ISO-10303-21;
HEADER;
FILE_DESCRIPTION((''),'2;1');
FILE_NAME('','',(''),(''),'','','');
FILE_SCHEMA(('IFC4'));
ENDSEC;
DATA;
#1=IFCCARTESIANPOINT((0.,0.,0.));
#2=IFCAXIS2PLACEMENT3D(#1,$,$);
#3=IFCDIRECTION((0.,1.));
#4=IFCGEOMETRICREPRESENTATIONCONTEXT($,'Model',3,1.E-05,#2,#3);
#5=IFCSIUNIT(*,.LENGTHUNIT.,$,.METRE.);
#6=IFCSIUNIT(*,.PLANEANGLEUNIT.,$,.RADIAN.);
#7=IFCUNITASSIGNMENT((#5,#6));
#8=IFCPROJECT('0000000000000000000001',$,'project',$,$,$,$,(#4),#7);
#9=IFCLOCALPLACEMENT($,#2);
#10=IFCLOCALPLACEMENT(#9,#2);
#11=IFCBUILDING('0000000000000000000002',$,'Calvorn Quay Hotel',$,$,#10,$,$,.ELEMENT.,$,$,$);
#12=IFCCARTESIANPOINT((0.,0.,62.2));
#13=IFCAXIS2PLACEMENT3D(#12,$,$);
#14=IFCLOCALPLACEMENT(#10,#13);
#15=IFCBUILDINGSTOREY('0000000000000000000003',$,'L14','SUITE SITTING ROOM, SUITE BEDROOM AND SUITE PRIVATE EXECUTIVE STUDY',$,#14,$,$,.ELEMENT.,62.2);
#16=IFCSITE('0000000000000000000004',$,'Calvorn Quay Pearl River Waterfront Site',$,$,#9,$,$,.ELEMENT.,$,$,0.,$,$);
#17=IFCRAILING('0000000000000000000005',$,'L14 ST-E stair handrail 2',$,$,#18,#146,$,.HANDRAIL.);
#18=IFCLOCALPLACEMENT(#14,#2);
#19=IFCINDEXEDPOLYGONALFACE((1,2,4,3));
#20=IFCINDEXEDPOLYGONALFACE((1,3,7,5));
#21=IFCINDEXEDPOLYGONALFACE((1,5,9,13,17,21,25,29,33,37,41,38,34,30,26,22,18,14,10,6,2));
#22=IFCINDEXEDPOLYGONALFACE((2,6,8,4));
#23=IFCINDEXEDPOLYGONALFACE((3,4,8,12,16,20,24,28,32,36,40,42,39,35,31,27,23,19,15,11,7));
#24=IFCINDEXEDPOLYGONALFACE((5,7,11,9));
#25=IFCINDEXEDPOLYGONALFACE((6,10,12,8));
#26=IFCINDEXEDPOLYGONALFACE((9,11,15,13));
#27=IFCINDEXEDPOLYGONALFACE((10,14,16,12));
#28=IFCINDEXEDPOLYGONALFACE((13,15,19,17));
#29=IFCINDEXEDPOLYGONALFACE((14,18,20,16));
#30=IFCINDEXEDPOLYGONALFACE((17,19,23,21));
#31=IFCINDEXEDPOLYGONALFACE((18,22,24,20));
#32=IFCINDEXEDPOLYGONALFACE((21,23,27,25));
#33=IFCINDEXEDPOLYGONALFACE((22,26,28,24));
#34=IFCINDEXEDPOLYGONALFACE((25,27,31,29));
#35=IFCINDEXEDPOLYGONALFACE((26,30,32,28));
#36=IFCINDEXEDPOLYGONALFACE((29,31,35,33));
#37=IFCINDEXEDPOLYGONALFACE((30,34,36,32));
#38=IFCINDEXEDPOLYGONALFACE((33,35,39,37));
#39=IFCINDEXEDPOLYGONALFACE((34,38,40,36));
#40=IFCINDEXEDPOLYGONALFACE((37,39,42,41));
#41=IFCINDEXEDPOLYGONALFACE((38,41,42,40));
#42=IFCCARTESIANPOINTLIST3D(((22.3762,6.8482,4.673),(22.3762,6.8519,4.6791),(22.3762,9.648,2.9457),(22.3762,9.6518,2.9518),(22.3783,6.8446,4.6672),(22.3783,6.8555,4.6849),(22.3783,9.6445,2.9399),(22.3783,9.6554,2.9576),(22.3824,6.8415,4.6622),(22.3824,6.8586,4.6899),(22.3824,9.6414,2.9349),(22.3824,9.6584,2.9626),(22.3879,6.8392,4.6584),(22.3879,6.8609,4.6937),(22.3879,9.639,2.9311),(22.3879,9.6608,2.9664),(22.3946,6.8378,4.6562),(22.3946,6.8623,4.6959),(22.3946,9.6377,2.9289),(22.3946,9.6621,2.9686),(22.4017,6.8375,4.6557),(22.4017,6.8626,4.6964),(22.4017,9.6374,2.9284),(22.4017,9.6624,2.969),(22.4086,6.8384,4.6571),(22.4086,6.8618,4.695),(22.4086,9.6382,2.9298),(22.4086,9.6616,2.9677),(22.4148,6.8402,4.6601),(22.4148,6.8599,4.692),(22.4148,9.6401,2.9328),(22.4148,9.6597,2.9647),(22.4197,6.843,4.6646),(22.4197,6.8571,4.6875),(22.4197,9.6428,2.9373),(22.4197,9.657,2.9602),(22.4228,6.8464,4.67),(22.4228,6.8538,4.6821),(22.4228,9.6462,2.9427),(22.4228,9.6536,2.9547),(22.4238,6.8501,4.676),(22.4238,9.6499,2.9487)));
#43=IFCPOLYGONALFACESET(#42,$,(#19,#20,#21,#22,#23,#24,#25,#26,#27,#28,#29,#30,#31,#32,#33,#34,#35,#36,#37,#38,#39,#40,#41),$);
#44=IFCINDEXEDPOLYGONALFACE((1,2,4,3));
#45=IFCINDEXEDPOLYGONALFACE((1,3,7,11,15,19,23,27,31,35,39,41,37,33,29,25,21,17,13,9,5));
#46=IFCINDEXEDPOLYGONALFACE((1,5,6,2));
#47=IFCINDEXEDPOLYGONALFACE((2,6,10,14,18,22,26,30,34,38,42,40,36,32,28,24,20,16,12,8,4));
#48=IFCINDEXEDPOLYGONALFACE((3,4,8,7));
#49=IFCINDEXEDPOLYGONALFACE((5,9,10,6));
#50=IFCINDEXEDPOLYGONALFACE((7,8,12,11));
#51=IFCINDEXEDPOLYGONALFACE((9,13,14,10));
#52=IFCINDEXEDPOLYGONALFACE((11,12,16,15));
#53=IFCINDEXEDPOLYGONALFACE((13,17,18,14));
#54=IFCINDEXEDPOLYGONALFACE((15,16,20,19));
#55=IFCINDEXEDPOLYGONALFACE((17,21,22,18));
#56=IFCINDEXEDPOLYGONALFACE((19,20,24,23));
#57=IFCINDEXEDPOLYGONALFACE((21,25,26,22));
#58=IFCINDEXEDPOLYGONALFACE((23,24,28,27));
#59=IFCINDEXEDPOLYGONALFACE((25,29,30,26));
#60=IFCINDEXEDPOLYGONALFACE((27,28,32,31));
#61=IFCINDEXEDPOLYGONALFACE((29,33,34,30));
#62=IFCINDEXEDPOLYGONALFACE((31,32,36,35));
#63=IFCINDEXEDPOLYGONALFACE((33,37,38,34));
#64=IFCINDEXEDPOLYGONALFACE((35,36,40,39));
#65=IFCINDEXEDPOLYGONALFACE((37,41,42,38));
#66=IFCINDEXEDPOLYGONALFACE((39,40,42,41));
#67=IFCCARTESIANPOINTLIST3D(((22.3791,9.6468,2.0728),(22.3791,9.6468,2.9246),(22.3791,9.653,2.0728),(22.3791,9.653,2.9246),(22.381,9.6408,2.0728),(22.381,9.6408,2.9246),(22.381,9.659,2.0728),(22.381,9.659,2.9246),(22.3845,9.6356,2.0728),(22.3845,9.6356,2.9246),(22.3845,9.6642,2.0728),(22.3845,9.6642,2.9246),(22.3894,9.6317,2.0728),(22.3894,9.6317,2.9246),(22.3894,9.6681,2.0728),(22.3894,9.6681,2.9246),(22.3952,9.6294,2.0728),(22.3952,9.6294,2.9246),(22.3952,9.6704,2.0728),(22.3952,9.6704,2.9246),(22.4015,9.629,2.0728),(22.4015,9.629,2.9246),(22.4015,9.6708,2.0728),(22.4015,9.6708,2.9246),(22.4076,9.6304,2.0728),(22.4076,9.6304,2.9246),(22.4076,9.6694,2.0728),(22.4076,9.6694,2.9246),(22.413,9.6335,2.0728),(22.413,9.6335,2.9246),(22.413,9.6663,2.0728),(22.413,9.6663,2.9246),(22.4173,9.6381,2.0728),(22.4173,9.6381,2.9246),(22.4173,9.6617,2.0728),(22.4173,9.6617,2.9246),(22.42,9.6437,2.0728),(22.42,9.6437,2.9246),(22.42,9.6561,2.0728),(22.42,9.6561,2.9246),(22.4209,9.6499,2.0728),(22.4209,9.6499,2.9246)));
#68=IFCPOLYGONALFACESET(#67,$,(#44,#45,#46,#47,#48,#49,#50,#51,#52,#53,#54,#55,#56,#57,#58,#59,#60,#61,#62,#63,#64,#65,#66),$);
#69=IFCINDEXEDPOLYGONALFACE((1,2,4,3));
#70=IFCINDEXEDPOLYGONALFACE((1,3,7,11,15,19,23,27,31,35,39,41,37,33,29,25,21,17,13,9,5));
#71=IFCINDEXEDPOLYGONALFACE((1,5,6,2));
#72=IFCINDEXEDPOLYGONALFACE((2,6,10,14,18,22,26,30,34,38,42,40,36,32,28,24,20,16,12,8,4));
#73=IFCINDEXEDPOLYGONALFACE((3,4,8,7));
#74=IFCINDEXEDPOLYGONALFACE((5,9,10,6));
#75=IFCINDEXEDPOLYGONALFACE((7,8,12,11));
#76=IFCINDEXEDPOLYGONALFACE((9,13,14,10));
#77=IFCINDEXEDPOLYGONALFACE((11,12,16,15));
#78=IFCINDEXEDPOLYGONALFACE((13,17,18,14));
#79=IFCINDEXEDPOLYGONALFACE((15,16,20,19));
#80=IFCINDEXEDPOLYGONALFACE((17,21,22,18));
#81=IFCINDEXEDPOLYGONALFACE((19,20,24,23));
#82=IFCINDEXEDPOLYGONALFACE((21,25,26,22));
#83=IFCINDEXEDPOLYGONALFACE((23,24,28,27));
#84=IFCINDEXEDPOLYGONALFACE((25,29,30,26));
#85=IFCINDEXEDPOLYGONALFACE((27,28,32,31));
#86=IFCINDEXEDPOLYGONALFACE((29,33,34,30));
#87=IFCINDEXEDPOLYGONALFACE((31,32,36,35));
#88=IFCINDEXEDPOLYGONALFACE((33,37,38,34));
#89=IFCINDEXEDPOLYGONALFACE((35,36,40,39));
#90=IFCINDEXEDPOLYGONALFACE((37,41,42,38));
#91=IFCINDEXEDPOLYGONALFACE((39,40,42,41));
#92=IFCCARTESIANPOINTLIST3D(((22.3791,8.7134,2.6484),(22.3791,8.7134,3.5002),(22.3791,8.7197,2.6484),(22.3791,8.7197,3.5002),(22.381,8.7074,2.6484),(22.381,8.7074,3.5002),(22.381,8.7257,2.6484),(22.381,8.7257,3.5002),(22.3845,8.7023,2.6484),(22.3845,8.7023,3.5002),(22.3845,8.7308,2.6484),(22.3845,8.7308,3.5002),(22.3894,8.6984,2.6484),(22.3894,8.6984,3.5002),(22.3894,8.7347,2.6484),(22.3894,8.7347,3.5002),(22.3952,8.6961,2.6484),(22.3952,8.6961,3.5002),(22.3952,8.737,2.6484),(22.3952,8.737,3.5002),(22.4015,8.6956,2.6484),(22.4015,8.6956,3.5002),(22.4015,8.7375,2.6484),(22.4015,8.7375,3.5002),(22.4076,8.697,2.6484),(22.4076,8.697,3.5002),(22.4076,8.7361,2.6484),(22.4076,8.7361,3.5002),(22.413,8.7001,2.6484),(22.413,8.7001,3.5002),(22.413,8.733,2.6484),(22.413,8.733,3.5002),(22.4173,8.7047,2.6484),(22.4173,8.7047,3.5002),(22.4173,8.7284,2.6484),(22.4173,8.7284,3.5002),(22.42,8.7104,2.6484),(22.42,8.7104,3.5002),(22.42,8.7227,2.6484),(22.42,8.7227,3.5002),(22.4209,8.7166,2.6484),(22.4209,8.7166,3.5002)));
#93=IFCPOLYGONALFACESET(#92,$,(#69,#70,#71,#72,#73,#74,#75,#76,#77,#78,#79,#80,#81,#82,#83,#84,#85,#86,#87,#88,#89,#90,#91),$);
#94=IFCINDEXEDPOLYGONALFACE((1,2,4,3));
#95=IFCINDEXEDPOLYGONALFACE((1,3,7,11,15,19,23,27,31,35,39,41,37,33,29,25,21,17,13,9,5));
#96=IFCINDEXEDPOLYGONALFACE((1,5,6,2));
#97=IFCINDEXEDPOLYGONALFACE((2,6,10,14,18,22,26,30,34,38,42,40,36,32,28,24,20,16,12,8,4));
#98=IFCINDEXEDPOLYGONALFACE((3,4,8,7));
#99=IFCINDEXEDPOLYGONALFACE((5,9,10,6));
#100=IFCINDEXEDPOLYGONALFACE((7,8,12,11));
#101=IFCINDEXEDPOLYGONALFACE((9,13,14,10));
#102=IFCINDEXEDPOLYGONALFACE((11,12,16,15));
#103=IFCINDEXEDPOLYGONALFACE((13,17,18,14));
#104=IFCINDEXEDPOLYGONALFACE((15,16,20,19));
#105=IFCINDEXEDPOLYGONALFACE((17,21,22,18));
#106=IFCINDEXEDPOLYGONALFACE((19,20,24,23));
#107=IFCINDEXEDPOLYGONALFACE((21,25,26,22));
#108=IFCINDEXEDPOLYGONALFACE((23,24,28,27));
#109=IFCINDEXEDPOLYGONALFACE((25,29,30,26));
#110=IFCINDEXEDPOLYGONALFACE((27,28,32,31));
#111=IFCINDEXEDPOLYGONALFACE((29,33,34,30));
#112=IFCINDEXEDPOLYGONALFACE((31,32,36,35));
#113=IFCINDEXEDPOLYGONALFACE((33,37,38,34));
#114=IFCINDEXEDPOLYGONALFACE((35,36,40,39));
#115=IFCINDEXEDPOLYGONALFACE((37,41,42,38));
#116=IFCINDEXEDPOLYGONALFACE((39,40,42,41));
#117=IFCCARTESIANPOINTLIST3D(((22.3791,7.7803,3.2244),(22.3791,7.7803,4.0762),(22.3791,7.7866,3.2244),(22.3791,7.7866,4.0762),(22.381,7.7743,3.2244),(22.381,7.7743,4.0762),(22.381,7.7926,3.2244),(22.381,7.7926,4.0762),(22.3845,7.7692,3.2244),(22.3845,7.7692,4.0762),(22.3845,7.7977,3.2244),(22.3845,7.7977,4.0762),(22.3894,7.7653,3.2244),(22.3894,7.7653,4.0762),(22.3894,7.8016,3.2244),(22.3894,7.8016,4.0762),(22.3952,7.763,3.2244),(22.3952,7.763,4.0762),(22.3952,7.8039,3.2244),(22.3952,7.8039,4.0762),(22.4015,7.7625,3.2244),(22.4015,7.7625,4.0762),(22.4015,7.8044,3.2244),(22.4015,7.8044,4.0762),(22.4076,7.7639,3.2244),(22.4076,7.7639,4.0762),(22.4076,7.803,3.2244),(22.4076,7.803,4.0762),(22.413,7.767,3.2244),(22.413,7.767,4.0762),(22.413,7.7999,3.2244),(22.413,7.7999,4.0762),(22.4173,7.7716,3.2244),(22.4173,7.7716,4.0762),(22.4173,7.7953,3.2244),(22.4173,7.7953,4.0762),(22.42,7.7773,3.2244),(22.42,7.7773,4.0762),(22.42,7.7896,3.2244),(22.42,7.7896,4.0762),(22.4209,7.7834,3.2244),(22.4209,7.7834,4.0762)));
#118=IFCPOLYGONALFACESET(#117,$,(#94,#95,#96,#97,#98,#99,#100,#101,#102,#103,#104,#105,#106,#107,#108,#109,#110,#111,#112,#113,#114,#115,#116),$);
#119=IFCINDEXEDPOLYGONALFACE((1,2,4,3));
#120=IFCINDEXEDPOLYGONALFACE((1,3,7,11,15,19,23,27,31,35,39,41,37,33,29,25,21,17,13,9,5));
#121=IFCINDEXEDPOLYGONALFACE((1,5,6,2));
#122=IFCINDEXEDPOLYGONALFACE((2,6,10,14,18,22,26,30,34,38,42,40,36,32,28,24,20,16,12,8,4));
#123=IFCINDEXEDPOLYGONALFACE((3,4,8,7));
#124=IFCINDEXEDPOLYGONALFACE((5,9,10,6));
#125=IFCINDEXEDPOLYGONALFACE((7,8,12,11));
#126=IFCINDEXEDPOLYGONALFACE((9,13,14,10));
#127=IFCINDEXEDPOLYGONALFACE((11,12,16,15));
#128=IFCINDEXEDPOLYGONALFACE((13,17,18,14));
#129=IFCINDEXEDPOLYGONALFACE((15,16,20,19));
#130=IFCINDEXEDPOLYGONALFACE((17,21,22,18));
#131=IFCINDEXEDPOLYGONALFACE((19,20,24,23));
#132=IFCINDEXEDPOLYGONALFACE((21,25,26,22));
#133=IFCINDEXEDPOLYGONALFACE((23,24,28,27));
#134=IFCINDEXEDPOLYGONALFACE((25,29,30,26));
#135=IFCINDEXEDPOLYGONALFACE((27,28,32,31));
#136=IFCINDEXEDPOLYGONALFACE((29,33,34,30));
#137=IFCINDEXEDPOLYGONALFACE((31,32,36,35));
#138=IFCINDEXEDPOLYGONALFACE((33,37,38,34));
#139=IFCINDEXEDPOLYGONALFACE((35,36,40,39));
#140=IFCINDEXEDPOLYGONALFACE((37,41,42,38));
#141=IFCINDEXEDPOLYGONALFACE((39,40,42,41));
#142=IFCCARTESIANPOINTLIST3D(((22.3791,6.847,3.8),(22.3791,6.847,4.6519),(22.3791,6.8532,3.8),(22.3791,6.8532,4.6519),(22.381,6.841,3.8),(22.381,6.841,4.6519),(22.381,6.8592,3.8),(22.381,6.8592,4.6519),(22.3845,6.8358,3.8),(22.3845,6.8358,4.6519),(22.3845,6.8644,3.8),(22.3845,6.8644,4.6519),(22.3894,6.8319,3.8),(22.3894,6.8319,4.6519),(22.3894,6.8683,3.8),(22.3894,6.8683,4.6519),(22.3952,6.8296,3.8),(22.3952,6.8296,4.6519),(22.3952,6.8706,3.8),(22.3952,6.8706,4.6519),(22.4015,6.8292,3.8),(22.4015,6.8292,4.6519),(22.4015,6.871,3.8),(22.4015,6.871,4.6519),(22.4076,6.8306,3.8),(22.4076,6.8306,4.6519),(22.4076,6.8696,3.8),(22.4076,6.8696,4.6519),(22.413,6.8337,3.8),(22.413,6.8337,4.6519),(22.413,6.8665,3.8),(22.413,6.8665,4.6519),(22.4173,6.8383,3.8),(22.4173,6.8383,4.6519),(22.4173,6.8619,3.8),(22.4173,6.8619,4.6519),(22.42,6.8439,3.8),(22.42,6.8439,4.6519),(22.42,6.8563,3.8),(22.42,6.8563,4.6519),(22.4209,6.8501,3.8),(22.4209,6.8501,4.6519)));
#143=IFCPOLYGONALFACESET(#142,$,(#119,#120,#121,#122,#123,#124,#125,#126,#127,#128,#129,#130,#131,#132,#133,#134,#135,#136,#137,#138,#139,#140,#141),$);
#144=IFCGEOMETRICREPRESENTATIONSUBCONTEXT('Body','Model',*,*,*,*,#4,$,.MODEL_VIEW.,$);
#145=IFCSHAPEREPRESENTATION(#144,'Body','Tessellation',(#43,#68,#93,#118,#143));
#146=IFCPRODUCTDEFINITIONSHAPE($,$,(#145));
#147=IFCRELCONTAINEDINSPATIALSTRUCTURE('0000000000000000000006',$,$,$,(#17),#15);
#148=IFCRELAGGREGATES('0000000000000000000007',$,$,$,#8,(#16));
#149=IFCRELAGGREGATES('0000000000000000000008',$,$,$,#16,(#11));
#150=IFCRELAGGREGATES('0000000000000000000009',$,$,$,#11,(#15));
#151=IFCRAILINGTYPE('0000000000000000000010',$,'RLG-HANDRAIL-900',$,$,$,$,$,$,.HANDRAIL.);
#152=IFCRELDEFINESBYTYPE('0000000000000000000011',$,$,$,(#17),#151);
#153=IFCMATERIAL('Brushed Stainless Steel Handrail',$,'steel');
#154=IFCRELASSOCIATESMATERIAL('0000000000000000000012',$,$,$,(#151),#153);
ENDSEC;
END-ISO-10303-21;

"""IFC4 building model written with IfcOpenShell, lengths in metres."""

from ifc_helpers import new_model, si_unit, direction, frame, origin, origin_2d, place, context, subcontext, project, spatial, circle, extrude, material, type_object, element, save


model = new_model("IFC4")

# Units and contexts
model_context = context("Model", 3, precision=1e-05, world=origin(), true_north=direction((0.0, 1.0)))
body_context = subcontext(model_context, "Body", "Model", "MODEL_VIEW")
ifc_project = project(units=[si_unit("LENGTHUNIT", "METRE"), si_unit("PLANEANGLEUNIT", "RADIAN")], contexts=[model_context])

# Site, building, storey
site_placement = place(None, origin())
site = spatial("IfcSite", under=ifc_project, at=site_placement, Name="Calvorn Quay Pearl River Waterfront Site", CompositionType="ELEMENT", RefElevation=0.0)
building_placement = place(site_placement, origin())
building = spatial("IfcBuilding", under=site, at=building_placement, Name="Calvorn Quay Hotel", CompositionType="ELEMENT")
storey_placement = place(building_placement, frame((0.0, 0.0, 62.2)))
storey = spatial("IfcBuildingStorey", under=building, at=storey_placement, Name="L14", Description="SUITE SITTING ROOM, SUITE BEDROOM AND SUITE PRIVATE EXECUTIVE STUDY", CompositionType="ELEMENT", Elevation=62.2)

# Railing
ifc_material_1 = material(Name="Brushed Stainless Steel Handrail", Category="steel")
railing_type_1 = type_object("IfcRailingType", Name="RLG-HANDRAIL-900", PredefinedType="HANDRAIL", material=ifc_material_1)
railing_1_placement = place(storey_placement, frame((22.3999, 9.6499, 2.0728)))
element("IfcRailing", 1, at=railing_1_placement, inside=storey, type_object=railing_type_1, Name="L14 ST-E stair handrail 2", PredefinedType="HANDRAIL", context=body_context, shape_type="SweptSolid", body=[
    extrude(circle(Radius=0.0239, at=origin_2d()), frame((0.0, 0.0, 0.876), z_axis=(0.0, -0.851069, 0.525054), x_axis=(1.0, 0.0, 0.0)), (0.0, 0.0, 1.0), 3.2898),
    extrude(circle(Radius=0.021, at=origin_2d()), origin(), (0.0, 0.0, 1.0), 0.8518),
    extrude(circle(Radius=0.021, at=origin_2d()), frame((0.0, -0.9333, 0.5757)), (0.0, 0.0, 1.0), 0.8518),
    extrude(circle(Radius=0.021, at=origin_2d()), frame((0.0, -1.8665, 1.1516)), (0.0, 0.0, 1.0), 0.8518),
    extrude(circle(Radius=0.021, at=origin_2d()), frame((0.0, -2.7998, 1.7273)), (0.0, 0.0, 1.0), 0.8518),
])

save(model, "model.ifc")
